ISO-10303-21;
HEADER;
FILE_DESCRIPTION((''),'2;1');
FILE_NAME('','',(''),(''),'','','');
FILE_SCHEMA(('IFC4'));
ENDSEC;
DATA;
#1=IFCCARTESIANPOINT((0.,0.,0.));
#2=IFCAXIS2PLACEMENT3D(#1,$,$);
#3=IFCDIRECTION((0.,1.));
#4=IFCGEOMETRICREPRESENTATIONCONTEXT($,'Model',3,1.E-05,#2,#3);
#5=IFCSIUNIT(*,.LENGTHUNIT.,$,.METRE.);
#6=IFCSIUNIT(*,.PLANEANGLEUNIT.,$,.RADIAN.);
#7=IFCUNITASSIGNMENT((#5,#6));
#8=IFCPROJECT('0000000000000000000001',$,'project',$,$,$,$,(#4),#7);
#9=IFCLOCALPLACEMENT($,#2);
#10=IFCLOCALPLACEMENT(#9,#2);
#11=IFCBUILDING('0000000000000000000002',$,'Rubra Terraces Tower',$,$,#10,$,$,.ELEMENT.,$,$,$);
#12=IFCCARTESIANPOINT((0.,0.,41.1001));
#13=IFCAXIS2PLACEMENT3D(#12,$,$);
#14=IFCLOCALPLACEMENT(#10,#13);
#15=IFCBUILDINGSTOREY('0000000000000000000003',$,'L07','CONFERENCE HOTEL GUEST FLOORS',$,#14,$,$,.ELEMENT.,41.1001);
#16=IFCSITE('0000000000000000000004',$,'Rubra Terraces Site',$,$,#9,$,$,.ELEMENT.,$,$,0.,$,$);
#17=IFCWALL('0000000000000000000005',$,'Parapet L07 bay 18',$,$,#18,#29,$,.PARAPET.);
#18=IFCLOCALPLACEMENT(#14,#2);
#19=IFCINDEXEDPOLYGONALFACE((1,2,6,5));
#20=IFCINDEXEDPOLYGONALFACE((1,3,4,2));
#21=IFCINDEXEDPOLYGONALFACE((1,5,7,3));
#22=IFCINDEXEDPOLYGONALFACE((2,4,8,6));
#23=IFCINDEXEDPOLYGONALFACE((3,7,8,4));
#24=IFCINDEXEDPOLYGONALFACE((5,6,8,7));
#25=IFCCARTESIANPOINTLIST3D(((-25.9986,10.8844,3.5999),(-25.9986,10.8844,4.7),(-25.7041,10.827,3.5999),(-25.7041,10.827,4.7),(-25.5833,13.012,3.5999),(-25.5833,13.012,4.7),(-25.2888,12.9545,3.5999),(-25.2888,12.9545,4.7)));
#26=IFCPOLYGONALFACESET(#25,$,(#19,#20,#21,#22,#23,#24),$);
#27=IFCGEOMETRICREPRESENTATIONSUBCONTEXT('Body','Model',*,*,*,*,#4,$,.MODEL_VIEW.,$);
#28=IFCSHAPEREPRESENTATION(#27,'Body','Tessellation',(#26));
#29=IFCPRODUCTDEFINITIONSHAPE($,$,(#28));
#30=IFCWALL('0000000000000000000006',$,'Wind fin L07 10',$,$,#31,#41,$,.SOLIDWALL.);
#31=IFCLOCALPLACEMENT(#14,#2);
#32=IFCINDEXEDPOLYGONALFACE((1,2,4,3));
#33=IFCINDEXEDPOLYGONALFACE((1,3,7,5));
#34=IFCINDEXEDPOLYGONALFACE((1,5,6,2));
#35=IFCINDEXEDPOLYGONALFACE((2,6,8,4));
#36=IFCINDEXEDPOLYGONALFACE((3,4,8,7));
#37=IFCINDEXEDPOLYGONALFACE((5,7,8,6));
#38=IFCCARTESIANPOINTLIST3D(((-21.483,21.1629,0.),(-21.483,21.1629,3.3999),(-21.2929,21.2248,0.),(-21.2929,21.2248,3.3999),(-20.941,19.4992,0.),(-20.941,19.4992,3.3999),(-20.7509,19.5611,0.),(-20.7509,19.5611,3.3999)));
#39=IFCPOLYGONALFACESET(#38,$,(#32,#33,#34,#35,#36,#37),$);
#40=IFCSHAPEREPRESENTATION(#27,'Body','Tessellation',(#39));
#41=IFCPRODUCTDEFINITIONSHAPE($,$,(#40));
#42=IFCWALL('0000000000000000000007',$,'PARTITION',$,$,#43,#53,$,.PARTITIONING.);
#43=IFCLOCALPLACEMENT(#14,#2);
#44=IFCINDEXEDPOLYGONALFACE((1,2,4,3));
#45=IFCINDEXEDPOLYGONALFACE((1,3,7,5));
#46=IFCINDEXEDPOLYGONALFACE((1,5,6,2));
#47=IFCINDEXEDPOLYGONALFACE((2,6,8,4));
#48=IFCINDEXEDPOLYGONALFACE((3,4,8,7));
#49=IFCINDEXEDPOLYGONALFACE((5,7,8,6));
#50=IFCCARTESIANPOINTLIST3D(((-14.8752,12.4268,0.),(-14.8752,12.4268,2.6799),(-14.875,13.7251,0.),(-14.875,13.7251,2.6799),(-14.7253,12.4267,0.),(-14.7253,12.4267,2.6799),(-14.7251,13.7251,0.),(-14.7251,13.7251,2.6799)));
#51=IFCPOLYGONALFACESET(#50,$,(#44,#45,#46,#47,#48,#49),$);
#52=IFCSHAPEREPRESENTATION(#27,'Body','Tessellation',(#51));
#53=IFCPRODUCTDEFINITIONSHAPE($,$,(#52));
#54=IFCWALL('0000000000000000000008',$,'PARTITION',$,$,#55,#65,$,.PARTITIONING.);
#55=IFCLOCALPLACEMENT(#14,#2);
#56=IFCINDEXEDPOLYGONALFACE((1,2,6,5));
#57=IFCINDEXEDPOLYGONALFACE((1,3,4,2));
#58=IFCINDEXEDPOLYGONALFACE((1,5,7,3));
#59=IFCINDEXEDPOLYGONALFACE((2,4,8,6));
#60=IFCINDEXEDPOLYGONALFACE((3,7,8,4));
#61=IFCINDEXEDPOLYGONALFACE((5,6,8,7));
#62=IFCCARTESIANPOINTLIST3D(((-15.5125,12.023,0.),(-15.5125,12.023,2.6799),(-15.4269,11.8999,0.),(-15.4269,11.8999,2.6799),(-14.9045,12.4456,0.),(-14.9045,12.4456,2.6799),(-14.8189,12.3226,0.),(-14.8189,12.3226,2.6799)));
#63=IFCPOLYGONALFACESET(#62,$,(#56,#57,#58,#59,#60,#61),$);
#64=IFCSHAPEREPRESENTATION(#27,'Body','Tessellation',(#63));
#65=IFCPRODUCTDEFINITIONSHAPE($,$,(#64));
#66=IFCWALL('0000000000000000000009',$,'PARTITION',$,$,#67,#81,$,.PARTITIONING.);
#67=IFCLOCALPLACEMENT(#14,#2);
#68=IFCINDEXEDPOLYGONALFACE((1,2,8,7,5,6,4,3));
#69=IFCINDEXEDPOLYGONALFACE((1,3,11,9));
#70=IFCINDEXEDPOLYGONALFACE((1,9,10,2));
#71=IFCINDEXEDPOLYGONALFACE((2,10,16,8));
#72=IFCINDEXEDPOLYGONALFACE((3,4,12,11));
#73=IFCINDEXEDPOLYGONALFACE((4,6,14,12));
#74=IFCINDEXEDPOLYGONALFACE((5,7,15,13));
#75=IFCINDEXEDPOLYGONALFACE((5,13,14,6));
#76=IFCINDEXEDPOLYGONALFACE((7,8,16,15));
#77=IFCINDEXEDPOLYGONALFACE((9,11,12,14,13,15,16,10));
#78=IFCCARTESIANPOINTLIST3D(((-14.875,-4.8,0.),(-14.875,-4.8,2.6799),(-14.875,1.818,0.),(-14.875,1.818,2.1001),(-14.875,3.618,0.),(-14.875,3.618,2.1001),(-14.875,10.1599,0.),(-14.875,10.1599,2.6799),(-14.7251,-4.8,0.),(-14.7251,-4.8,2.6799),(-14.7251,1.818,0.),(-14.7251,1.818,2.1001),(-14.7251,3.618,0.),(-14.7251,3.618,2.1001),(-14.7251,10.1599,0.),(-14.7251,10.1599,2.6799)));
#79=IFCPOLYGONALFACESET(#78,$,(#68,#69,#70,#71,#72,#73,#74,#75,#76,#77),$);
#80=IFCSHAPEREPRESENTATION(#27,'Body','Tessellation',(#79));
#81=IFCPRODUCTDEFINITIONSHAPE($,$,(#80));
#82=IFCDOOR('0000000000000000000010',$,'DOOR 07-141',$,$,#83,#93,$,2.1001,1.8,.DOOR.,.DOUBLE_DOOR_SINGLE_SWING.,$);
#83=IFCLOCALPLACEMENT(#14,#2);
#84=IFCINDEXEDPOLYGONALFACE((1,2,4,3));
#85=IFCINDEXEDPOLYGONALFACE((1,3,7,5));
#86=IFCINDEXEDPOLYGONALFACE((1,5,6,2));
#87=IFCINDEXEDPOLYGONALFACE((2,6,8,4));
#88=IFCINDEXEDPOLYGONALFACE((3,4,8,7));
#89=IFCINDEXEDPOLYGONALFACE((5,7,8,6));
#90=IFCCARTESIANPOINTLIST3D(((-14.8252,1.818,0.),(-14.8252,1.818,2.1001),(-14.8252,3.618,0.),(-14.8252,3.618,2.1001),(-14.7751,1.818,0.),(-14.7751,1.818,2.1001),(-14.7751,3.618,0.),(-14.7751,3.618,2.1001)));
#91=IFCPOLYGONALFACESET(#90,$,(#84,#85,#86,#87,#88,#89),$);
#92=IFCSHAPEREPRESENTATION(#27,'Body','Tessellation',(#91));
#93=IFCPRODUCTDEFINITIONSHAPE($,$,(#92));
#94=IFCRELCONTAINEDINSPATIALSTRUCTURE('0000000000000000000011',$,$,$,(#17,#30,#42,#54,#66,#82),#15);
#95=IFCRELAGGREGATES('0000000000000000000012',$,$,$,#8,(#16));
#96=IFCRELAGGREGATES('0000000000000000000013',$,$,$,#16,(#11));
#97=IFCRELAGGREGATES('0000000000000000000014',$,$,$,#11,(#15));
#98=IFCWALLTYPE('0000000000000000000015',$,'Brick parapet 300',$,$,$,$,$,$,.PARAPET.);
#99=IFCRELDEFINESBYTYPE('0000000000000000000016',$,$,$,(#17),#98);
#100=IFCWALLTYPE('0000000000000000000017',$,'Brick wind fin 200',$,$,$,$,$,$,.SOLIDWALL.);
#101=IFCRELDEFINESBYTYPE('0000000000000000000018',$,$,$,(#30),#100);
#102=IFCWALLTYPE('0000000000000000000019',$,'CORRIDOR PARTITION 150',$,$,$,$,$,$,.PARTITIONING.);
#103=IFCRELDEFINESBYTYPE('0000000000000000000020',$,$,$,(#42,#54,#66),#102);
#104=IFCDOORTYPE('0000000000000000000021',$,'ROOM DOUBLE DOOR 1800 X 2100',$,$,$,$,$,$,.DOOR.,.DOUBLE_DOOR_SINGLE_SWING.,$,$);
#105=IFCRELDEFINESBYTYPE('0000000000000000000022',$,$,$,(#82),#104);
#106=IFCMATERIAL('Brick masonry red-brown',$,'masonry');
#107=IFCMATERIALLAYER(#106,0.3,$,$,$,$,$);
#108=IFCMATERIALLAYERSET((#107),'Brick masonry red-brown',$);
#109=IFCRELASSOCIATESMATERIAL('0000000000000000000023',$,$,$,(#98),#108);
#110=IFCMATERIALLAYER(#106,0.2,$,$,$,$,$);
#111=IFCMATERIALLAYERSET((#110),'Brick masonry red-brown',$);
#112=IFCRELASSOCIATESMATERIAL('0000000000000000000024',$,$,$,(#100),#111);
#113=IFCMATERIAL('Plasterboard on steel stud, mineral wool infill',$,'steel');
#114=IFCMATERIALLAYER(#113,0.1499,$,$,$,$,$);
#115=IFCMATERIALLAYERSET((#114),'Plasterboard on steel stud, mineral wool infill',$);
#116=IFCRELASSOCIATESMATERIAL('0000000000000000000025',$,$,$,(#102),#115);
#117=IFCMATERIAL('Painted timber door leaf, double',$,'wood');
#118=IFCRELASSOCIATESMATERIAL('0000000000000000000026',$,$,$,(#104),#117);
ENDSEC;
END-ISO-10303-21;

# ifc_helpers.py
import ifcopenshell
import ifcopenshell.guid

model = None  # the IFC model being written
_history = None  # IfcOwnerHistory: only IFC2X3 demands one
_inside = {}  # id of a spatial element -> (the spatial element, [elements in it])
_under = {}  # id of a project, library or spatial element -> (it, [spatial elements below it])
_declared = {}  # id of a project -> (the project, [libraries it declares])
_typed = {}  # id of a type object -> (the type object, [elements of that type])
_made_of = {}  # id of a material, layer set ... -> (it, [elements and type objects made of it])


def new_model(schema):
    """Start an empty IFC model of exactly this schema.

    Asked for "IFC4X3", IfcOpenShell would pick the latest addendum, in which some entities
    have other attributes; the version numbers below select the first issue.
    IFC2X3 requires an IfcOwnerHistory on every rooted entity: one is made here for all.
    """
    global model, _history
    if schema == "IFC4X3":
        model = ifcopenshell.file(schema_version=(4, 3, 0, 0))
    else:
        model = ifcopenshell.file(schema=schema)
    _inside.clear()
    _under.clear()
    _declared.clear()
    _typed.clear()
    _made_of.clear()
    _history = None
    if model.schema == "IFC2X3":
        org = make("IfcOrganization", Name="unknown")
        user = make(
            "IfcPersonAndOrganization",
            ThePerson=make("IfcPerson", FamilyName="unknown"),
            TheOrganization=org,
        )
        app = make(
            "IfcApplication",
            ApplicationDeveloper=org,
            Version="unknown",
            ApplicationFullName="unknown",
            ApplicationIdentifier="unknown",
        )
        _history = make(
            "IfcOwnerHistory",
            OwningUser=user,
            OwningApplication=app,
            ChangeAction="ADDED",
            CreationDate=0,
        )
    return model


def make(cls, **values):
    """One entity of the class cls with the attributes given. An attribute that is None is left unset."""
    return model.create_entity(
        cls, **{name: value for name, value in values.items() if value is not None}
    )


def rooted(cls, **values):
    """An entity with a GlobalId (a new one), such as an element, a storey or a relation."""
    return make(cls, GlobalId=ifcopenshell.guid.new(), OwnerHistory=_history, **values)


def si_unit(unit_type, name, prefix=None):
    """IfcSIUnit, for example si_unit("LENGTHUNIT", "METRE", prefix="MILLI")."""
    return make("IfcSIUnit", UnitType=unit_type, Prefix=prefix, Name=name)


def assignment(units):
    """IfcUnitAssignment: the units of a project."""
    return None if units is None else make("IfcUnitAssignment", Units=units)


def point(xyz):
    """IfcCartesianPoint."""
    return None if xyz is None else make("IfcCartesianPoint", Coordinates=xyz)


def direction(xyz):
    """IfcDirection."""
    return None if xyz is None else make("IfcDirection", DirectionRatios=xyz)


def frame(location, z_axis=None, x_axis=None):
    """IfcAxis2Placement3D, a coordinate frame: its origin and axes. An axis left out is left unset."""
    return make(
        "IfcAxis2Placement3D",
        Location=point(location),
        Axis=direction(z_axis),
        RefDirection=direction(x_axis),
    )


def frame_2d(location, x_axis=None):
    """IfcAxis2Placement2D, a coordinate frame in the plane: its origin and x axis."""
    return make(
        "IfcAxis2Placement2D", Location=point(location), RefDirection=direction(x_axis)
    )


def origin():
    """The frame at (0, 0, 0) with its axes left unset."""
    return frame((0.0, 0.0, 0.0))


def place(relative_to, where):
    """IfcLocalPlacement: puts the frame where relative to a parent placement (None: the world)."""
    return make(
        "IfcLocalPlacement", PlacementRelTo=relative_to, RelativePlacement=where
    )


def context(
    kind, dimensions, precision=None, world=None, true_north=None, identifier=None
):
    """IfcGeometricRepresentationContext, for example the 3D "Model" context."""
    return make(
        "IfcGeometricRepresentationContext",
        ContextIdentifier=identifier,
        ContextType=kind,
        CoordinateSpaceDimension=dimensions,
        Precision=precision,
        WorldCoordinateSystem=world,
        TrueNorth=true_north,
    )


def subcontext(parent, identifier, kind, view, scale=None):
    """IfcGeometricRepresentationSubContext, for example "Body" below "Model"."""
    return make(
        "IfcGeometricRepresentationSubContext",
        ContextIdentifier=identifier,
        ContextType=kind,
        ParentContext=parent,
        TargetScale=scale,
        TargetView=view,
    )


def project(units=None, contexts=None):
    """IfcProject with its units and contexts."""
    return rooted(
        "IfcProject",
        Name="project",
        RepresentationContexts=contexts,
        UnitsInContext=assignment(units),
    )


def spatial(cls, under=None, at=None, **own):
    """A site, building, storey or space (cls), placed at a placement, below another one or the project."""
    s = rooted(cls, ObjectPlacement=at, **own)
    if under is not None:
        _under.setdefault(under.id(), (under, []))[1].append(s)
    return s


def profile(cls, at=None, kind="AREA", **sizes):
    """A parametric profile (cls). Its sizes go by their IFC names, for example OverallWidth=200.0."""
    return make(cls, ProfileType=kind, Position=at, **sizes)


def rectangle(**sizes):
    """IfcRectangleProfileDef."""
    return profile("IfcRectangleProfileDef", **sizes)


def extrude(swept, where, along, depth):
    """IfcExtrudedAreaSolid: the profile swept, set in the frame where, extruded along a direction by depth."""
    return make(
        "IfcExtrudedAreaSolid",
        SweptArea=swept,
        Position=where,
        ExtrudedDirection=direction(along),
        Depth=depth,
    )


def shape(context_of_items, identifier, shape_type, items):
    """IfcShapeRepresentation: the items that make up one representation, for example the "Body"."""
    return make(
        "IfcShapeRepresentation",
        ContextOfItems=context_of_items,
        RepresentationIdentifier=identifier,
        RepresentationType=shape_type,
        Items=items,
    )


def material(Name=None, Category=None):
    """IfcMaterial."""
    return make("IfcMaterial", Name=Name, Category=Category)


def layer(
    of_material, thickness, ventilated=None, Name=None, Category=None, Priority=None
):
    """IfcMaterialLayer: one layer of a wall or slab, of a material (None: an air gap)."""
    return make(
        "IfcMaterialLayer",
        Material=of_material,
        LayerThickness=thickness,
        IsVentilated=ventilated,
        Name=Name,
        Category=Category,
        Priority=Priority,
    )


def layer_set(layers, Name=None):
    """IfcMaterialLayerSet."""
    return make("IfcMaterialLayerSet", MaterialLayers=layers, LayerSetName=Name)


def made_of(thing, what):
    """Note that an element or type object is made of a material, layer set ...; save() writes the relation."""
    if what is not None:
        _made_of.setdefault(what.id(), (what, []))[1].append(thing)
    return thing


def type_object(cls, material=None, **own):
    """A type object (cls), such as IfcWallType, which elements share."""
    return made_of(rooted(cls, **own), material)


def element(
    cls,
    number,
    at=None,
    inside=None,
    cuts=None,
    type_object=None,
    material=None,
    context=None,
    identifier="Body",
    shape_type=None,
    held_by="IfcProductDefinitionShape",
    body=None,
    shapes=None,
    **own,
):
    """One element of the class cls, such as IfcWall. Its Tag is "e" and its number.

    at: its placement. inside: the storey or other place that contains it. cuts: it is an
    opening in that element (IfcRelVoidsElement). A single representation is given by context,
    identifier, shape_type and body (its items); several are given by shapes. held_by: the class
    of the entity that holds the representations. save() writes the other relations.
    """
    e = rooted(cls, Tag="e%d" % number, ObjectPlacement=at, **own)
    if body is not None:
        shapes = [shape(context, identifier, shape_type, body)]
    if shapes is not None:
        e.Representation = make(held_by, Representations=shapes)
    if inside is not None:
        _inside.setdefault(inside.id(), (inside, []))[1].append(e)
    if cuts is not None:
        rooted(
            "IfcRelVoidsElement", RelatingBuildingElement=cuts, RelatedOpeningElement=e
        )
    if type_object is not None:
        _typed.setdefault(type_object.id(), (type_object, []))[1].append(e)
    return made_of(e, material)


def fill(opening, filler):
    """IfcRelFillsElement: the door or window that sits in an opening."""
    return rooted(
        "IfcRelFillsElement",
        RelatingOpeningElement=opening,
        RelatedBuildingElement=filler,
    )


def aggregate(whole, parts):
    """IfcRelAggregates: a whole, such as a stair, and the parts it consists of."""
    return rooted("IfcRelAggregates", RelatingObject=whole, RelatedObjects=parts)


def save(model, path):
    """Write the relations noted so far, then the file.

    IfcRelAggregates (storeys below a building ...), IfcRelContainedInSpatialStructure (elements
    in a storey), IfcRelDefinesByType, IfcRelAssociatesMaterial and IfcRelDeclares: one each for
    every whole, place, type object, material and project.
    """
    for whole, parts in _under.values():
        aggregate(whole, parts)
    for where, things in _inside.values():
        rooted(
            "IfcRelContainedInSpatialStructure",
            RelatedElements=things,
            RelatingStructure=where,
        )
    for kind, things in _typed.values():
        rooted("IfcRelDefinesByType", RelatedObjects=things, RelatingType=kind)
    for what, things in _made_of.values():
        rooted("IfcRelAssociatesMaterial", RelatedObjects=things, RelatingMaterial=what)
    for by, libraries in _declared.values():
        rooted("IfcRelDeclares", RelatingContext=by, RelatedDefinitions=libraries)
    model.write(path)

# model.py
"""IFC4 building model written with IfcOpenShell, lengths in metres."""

from ifc_helpers import new_model, si_unit, direction, frame, frame_2d, origin, place, context, subcontext, project, spatial, rectangle, extrude, material, layer, layer_set, type_object, element, fill, save


model = new_model("IFC4")

# Units and contexts
model_context = context("Model", 3, precision=1e-05, world=origin(), true_north=direction((0.0, 1.0)))
body_context = subcontext(model_context, "Body", "Model", "MODEL_VIEW")
ifc_project = project(units=[si_unit("LENGTHUNIT", "METRE"), si_unit("PLANEANGLEUNIT", "RADIAN")], contexts=[model_context])

# Site, building, storey
site_placement = place(None, origin())
site = spatial("IfcSite", under=ifc_project, at=site_placement, Name="Rubra Terraces Site", CompositionType="ELEMENT", RefElevation=0.0)
building_placement = place(site_placement, origin())
building = spatial("IfcBuilding", under=site, at=building_placement, Name="Rubra Terraces Tower", CompositionType="ELEMENT")
storey_placement = place(building_placement, frame((0.0, 0.0, 41.1001)))
storey = spatial("IfcBuildingStorey", under=building, at=storey_placement, Name="L07", Description="CONFERENCE HOTEL GUEST FLOORS", CompositionType="ELEMENT", Elevation=41.1001)

# Shared definitions
ifc_material_1 = material(Name="Brick masonry red-brown", Category="masonry")

# Walls
ifc_layer_1 = layer(ifc_material_1, 0.3)
ifc_layer_set_1 = layer_set([ifc_layer_1], Name="Brick masonry red-brown")
wall_type_1 = type_object("IfcWallType", Name="Brick parapet 300", PredefinedType="PARAPET", material=ifc_layer_set_1)
wall_1_placement = place(storey_placement, frame((-25.436, 12.9834, 3.5999), z_axis=(0.0, 0.0, 1.0), x_axis=(-0.191566, -0.98148, 0.0)))
element("IfcWall", 1, at=wall_1_placement, inside=storey, type_object=wall_type_1, Name="Parapet L07 bay 18", PredefinedType="PARAPET", context=body_context, shape_type="SweptSolid", body=[
    extrude(rectangle(XDim=2.1677, YDim=0.3, at=frame_2d((1.084, 0.0))), origin(), (0.0, 0.0, 1.0), 1.1001),
])
ifc_layer_2 = layer(ifc_material_1, 0.2)
ifc_layer_set_2 = layer_set([ifc_layer_2], Name="Brick masonry red-brown")
wall_type_2 = type_object("IfcWallType", Name="Brick wind fin 200", PredefinedType="SOLIDWALL", material=ifc_layer_set_2)
wall_2_placement = place(storey_placement, frame((-20.8459, 19.53, 0.0), z_axis=(0.0, 0.0, 1.0), x_axis=(-0.309733, 0.950824, 0.0)))
element("IfcWall", 2, at=wall_2_placement, inside=storey, type_object=wall_type_2, Name="Wind fin L07 10", PredefinedType="SOLIDWALL", context=body_context, shape_type="SweptSolid", body=[
    extrude(rectangle(XDim=1.7498, YDim=0.2, at=frame_2d((0.875, 0.0))), origin(), (0.0, 0.0, 1.0), 3.3999),
])
ifc_material_2 = material(Name="Plasterboard on steel stud, mineral wool infill", Category="steel")
ifc_layer_3 = layer(ifc_material_2, 0.1499)
ifc_layer_set_3 = layer_set([ifc_layer_3], Name="Plasterboard on steel stud, mineral wool infill")
wall_type_3 = type_object("IfcWallType", Name="CORRIDOR PARTITION 150", PredefinedType="PARTITIONING", material=ifc_layer_set_3)
wall_3_placement = place(storey_placement, frame((-14.8, 13.7251, 0.0), z_axis=(0.0, 0.0, 1.0), x_axis=(-0.000188, -1.0, 0.0)))
element("IfcWall", 3, at=wall_3_placement, inside=storey, type_object=wall_type_3, Name="PARTITION", PredefinedType="PARTITIONING", context=body_context, shape_type="SweptSolid", body=[
    extrude(rectangle(XDim=1.2983, YDim=0.1499, at=frame_2d((0.6492, 0.0))), origin(), (0.0, 0.0, 1.0), 2.6799),
])
wall_4_placement = place(storey_placement, frame((-14.8618, 12.384, 0.0), z_axis=(0.0, 0.0, 1.0), x_axis=(-0.821087, -0.570804, 0.0)))
element("IfcWall", 4, at=wall_4_placement, inside=storey, type_object=wall_type_3, Name="PARTITION", PredefinedType="PARTITIONING", context=body_context, shape_type="SweptSolid", body=[
    extrude(rectangle(XDim=0.7405, YDim=0.1499, at=frame_2d((0.3701, 0.0))), origin(), (0.0, 0.0, 1.0), 2.6799),
])

# Wall, opening, door
wall_5_placement = place(storey_placement, frame((-14.8, 10.1599, 0.0), z_axis=(0.0, 0.0, 1.0), x_axis=(0.0, -1.0, 0.0)))
wall_5 = element("IfcWall", 5, at=wall_5_placement, inside=storey, type_object=wall_type_3, Name="PARTITION", PredefinedType="PARTITIONING", context=body_context, shape_type="SweptSolid", body=[
    extrude(rectangle(XDim=14.96, YDim=0.1499, at=frame_2d((7.48, 0.0))), origin(), (0.0, 0.0, 1.0), 2.6799),
])
opening_1_placement = place(wall_5_placement, frame((6.542, 0.0, 0.0)))
opening_1 = element("IfcOpeningElement", 6, at=opening_1_placement, cuts=wall_5, PredefinedType="OPENING", context=body_context, shape_type="SweptSolid", body=[
    extrude(rectangle(XDim=1.8, YDim=2.1001, at=frame_2d((0.8999, 1.05))), frame((0.0, 0.085, 0.0), z_axis=(0.0, -1.0, 0.0), x_axis=(1.0, 0.0, 0.0)), (0.0, 0.0, 1.0), 0.1699),
])
ifc_material_3 = material(Name="Painted timber door leaf, double", Category="wood")
door_type_1 = type_object("IfcDoorType", Name="ROOM DOUBLE DOOR 1800 X 2100", OperationType="DOUBLE_DOOR_SINGLE_SWING", PredefinedType="DOOR", material=ifc_material_3)
door_1_placement = place(opening_1_placement, origin())
door_1 = element("IfcDoor", 7, at=door_1_placement, inside=storey, type_object=door_type_1, Name="DOOR 07-141", OperationType="DOUBLE_DOOR_SINGLE_SWING", OverallHeight=2.1001, OverallWidth=1.8, PredefinedType="DOOR", context=body_context, shape_type="SweptSolid", body=[
    extrude(rectangle(XDim=1.8, YDim=2.1001, at=frame_2d((0.8999, 1.05))), frame((0.0, 0.0249, 0.0), z_axis=(0.0, -1.0, 0.0), x_axis=(1.0, 0.0, 0.0)), (0.0, 0.0, 1.0), 0.05),
])
fill(opening_1, door_1)

save(model, "model.ifc")
